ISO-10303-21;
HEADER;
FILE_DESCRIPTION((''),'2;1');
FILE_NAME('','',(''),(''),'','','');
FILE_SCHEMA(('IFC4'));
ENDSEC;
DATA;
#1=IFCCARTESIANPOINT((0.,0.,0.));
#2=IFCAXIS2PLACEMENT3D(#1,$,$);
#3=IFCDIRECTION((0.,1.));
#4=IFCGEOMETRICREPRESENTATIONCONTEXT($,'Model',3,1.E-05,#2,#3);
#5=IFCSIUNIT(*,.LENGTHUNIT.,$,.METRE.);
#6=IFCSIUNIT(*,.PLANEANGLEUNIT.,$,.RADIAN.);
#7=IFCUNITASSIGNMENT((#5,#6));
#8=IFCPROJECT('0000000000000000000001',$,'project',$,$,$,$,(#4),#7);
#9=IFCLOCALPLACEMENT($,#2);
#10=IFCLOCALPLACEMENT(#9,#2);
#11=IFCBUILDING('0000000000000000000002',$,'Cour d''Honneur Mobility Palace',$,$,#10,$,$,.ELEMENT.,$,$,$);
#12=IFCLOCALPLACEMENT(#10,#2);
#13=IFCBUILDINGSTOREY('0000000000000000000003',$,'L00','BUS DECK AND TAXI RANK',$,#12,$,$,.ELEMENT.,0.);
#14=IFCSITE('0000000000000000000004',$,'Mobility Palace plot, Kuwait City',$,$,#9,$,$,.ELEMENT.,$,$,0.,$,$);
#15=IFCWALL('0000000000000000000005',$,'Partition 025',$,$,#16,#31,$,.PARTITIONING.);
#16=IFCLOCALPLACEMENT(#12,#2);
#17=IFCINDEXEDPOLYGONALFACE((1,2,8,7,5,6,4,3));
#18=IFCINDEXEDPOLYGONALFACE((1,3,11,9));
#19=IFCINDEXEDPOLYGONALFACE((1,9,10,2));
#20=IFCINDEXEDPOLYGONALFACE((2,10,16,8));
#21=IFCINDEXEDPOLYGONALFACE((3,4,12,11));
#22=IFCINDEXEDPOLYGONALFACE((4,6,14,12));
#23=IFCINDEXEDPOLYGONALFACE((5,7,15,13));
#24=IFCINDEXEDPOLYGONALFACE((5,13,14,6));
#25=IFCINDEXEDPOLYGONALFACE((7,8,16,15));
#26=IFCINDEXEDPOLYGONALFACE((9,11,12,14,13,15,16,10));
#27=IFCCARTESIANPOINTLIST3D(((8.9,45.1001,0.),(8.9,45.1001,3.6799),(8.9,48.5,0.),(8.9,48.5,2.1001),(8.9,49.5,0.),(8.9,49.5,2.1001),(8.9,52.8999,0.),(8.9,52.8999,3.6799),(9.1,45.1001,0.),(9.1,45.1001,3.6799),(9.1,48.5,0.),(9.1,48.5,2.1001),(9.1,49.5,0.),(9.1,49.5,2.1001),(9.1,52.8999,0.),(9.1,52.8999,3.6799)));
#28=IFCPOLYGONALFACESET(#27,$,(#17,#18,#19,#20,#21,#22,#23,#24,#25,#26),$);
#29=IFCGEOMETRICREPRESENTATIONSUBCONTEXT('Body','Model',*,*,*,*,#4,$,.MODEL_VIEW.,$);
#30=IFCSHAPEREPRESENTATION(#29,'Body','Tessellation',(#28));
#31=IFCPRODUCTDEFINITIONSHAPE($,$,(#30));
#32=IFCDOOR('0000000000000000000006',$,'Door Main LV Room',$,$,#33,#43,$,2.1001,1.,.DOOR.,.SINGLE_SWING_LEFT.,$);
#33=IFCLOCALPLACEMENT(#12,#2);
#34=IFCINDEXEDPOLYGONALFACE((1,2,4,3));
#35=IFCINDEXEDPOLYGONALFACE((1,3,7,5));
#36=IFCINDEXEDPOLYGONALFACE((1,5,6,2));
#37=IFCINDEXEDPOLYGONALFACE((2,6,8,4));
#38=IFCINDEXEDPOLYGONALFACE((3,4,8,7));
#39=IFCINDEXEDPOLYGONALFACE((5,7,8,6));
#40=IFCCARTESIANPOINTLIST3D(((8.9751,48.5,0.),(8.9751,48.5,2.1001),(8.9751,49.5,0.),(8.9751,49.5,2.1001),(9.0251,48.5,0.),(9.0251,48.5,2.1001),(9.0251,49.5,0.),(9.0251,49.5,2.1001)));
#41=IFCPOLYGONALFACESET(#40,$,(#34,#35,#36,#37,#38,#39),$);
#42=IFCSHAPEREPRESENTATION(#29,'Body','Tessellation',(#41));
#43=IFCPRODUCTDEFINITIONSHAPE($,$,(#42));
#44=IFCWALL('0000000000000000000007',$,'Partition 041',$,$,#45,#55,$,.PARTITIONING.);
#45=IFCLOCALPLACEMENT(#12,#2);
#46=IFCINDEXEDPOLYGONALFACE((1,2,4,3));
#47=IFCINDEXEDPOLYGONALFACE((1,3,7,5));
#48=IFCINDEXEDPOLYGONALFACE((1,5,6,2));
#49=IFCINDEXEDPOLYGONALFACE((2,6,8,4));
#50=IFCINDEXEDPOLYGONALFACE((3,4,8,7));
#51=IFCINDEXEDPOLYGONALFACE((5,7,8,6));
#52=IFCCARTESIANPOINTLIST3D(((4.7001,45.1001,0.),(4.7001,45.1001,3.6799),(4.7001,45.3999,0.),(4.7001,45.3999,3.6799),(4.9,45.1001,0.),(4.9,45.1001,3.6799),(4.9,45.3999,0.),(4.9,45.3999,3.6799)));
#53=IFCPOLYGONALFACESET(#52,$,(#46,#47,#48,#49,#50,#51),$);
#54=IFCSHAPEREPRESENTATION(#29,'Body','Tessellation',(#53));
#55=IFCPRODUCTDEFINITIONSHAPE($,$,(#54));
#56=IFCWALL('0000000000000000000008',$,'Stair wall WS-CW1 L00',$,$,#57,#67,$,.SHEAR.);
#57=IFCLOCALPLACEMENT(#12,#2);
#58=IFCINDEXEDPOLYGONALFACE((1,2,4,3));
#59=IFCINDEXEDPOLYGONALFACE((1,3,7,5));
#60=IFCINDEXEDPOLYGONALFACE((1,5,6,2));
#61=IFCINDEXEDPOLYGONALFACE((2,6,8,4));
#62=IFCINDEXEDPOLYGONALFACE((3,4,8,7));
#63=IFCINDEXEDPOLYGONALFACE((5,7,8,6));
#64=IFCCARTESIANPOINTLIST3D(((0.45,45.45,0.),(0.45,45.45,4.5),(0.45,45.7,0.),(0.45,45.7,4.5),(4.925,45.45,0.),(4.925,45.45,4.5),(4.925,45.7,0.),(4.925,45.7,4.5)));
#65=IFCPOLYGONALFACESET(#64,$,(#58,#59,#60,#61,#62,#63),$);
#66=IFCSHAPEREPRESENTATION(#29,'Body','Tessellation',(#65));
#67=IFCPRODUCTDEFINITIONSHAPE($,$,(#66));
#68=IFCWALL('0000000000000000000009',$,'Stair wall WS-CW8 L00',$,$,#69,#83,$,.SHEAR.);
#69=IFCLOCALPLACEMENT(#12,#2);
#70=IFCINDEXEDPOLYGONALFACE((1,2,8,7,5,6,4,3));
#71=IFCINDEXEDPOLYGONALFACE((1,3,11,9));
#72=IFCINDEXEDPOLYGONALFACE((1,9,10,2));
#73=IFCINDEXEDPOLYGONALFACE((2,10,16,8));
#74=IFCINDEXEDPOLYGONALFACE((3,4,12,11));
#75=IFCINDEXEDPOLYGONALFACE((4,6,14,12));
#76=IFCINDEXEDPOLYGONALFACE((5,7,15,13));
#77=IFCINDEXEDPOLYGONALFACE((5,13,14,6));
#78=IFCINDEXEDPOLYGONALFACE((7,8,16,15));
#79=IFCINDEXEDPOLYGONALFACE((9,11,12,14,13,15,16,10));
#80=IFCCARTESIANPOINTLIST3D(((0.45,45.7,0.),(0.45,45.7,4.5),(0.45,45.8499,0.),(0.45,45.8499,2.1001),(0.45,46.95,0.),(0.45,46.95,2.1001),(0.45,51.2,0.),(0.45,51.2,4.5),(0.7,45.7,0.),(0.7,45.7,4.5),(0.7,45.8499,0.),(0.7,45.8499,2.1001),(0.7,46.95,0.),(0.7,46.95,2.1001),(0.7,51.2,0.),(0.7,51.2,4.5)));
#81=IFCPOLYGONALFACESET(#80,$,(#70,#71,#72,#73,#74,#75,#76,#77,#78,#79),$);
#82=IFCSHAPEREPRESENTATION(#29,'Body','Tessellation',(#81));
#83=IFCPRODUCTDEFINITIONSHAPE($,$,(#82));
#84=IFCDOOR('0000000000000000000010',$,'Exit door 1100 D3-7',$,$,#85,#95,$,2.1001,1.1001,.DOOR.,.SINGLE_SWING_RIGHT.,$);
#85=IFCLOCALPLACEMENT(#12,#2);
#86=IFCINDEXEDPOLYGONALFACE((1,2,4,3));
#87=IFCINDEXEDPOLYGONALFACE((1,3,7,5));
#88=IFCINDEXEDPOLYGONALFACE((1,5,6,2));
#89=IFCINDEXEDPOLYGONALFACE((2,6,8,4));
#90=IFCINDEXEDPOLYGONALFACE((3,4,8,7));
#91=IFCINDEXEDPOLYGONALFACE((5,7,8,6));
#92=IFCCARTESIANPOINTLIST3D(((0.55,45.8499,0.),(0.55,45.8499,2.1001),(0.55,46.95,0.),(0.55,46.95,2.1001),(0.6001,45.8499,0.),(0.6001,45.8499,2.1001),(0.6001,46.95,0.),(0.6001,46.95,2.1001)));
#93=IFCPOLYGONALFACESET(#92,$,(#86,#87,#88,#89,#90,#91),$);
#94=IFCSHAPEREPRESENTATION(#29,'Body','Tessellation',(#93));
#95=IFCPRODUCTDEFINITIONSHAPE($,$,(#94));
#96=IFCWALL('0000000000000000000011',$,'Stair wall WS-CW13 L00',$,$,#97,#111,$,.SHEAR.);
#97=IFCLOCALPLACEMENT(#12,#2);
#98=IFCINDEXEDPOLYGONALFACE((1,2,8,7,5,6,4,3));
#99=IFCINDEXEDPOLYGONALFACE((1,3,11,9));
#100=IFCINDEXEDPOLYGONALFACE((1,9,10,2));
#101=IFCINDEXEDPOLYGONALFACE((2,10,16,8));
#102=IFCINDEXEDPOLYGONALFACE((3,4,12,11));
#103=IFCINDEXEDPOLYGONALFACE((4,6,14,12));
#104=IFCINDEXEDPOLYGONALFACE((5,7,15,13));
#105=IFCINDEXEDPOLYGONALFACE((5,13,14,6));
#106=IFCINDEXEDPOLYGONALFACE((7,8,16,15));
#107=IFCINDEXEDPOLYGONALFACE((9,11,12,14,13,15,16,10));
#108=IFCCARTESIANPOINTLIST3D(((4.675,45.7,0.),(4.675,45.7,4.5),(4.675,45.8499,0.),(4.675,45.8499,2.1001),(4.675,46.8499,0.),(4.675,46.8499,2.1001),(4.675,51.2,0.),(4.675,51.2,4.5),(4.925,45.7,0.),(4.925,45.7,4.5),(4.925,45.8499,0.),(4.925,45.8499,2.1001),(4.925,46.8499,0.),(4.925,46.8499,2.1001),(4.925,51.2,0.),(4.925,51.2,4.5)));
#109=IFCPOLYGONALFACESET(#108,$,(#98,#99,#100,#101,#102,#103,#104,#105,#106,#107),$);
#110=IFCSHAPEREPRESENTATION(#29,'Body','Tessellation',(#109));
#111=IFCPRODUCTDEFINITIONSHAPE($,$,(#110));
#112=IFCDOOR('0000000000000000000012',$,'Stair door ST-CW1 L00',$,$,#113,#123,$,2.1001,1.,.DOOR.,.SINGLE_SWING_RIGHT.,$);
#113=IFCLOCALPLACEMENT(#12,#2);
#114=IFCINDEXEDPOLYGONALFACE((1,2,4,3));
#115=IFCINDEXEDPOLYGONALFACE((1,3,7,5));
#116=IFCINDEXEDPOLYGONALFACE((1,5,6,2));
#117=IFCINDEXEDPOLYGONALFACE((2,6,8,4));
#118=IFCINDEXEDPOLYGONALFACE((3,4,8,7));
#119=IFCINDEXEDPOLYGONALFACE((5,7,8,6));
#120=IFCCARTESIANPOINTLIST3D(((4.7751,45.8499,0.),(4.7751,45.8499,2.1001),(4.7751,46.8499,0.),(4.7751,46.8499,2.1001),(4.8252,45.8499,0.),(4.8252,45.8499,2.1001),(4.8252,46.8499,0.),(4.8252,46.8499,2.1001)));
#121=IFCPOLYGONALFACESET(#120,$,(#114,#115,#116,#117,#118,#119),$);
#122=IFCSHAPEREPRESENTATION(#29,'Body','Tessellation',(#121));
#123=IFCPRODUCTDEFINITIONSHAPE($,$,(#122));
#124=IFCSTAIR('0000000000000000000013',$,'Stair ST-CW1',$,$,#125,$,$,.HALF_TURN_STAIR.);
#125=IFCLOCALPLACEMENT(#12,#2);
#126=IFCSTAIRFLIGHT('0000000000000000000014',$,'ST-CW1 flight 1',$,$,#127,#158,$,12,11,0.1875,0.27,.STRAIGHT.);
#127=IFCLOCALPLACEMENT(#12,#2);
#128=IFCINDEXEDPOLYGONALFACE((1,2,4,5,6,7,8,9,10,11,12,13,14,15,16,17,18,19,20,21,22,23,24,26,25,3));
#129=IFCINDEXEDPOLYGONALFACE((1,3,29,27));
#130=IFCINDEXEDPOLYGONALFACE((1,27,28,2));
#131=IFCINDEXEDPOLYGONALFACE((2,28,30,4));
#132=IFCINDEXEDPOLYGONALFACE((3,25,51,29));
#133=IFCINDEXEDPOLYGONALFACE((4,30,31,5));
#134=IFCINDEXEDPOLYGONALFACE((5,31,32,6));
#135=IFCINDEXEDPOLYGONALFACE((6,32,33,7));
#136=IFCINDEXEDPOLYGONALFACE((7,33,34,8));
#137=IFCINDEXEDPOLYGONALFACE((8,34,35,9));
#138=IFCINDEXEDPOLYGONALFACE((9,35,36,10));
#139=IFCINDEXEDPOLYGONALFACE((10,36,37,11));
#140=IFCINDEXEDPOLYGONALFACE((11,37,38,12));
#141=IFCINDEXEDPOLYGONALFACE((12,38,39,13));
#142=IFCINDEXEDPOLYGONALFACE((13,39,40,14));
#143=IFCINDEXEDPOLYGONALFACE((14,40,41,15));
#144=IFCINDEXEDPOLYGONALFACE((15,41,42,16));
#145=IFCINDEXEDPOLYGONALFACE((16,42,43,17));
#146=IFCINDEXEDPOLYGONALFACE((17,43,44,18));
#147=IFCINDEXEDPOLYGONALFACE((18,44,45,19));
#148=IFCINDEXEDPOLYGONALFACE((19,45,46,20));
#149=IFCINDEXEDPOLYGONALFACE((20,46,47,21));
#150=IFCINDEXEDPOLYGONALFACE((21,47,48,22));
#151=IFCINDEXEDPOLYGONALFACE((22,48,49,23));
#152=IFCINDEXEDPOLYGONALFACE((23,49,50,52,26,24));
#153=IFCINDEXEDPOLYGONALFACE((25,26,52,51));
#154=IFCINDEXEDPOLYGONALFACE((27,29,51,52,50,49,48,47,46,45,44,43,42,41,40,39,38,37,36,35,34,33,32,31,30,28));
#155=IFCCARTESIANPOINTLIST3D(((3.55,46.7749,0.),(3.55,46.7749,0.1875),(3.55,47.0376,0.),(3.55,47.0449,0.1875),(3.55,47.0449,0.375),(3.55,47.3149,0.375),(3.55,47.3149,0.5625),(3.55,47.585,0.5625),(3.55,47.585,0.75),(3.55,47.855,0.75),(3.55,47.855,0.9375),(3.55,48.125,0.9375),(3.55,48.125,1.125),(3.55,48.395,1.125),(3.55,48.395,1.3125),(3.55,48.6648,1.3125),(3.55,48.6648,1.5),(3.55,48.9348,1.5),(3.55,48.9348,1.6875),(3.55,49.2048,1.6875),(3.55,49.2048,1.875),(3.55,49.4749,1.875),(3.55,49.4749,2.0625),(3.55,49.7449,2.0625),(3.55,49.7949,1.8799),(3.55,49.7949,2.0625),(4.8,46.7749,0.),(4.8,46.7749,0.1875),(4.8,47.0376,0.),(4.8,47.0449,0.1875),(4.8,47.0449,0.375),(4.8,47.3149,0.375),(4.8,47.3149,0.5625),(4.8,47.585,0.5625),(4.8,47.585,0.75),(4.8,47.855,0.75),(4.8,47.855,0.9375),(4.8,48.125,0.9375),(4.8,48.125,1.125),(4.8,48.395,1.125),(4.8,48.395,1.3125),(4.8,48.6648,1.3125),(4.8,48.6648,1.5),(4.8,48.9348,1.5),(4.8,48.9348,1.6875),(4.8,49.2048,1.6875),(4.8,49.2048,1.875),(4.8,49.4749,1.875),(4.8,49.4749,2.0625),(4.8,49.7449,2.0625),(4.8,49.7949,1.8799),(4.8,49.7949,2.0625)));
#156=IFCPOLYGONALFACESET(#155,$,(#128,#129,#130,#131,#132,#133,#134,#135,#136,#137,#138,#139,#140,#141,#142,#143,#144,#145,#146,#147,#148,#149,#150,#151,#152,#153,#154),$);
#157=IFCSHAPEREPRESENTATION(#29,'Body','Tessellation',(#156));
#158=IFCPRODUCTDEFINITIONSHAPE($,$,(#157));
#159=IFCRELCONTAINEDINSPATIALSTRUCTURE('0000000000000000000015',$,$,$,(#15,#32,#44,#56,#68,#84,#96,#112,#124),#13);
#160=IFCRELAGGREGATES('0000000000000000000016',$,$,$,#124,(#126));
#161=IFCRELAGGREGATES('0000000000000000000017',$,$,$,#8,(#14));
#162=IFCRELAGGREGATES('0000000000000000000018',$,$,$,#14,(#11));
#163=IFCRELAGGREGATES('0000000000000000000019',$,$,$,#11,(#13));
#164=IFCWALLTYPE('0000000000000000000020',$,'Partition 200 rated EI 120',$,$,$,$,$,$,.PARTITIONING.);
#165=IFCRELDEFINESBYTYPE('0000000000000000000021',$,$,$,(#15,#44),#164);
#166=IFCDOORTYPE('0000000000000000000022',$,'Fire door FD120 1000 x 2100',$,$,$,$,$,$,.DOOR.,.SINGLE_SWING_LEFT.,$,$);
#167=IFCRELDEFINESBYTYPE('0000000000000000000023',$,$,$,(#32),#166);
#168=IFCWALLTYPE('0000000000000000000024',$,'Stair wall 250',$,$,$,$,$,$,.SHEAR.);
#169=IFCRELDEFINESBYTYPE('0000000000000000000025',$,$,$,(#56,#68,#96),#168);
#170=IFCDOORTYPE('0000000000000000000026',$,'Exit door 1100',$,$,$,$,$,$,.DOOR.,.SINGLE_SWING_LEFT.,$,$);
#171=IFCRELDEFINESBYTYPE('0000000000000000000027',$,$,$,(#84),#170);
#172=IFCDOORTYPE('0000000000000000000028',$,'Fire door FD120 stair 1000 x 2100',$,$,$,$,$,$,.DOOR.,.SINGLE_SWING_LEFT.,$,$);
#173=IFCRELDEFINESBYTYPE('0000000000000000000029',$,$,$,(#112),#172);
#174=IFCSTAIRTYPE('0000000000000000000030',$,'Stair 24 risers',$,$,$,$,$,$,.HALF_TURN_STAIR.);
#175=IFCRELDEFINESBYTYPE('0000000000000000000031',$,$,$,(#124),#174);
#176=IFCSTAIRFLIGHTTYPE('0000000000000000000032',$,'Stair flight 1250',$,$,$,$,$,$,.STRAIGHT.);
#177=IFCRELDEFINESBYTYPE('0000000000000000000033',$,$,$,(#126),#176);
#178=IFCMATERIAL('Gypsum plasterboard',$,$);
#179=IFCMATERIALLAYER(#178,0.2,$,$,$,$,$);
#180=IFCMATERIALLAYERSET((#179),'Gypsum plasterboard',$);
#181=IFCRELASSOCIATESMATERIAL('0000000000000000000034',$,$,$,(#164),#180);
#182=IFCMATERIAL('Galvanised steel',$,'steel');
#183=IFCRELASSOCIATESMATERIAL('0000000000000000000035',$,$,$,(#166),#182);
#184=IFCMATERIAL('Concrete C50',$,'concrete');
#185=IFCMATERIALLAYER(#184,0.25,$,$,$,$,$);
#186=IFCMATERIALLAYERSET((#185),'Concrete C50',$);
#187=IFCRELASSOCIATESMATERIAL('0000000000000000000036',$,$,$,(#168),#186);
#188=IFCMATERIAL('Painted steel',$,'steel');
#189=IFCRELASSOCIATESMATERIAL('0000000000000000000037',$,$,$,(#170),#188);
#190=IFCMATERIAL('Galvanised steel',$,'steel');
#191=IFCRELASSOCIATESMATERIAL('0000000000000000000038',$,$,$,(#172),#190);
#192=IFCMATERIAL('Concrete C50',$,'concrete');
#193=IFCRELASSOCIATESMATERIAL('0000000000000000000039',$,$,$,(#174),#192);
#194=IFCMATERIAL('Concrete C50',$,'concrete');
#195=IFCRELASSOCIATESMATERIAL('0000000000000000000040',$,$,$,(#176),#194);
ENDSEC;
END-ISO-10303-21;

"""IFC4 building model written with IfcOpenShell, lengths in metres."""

from ifc_helpers import new_model, si_unit, direction, frame, frame_2d, origin, place, context, subcontext, project, spatial, polyline, rectangle, outline, extrude, material, layer, layer_set, type_object, element, fill, aggregate, save


model = new_model("IFC4")

# Units and contexts
model_context = context("Model", 3, precision=1e-05, world=origin(), true_north=direction((0.0, 1.0)))
body_context = subcontext(model_context, "Body", "Model", "MODEL_VIEW")
ifc_project = project(units=[si_unit("LENGTHUNIT", "METRE"), si_unit("PLANEANGLEUNIT", "RADIAN")], contexts=[model_context])

# Site, building, storey
site_placement = place(None, origin())
site = spatial("IfcSite", under=ifc_project, at=site_placement, Name="Mobility Palace plot, Kuwait City", CompositionType="ELEMENT", RefElevation=0.0)
building_placement = place(site_placement, origin())
building = spatial("IfcBuilding", under=site, at=building_placement, Name="Cour d'Honneur Mobility Palace", CompositionType="ELEMENT")
storey_placement = place(building_placement, origin())
storey = spatial("IfcBuildingStorey", under=building, at=storey_placement, Name="L00", Description="BUS DECK AND TAXI RANK", CompositionType="ELEMENT", Elevation=0.0)

# Shared definitions
ifc_material_1 = material(Name="Gypsum plasterboard")
ifc_layer_1 = layer(ifc_material_1, 0.2)
ifc_layer_set_1 = layer_set([ifc_layer_1], Name="Gypsum plasterboard")
wall_type_1 = type_object("IfcWallType", Name="Partition 200 rated EI 120", PredefinedType="PARTITIONING", material=ifc_layer_set_1)

# Wall, opening, door
wall_1_placement = place(storey_placement, frame((9.0, 45.1001, 0.0), z_axis=(0.0, 0.0, 1.0), x_axis=(0.0, 1.0, 0.0)))
wall_1 = element("IfcWall", 1, at=wall_1_placement, inside=storey, type_object=wall_type_1, Name="Partition 025", PredefinedType="PARTITIONING", context=body_context, shape_type="SweptSolid", body=[
    extrude(rectangle(XDim=7.7998, YDim=0.2, at=frame_2d((3.8999, 0.0))), origin(), (0.0, 0.0, 1.0), 3.6799),
])
opening_1_placement = place(wall_1_placement, frame((3.3999, 0.0, 0.0)))
opening_1 = element("IfcOpeningElement", 2, at=opening_1_placement, cuts=wall_1, PredefinedType="OPENING", context=body_context, shape_type="SweptSolid", body=[
    extrude(rectangle(XDim=1.0, YDim=2.1001, at=frame_2d((0.5, 1.05))), frame((0.0, 0.1099, 0.0), z_axis=(0.0, -1.0, 0.0), x_axis=(1.0, 0.0, 0.0)), (0.0, 0.0, 1.0), 0.22),
])
ifc_material_2 = material(Name="Galvanised steel", Category="steel")
door_type_1 = type_object("IfcDoorType", Name="Fire door FD120 1000 x 2100", OperationType="SINGLE_SWING_LEFT", PredefinedType="DOOR", material=ifc_material_2)
door_1_placement = place(opening_1_placement, origin())
door_1 = element("IfcDoor", 3, at=door_1_placement, inside=storey, type_object=door_type_1, Name="Door Main LV Room", OperationType="SINGLE_SWING_LEFT", OverallHeight=2.1001, OverallWidth=1.0, PredefinedType="DOOR", context=body_context, shape_type="SweptSolid", body=[
    extrude(rectangle(XDim=1.0, YDim=2.1001, at=frame_2d((0.5, 1.05))), frame((0.0, 0.0249, 0.0), z_axis=(0.0, -1.0, 0.0), x_axis=(1.0, 0.0, 0.0)), (0.0, 0.0, 1.0), 0.05),
])
fill(opening_1, door_1)

# Walls
wall_2_placement = place(storey_placement, frame((4.8, 45.3999, 0.0), z_axis=(0.0, 0.0, 1.0), x_axis=(0.0, -1.0, 0.0)))
element("IfcWall", 4, at=wall_2_placement, inside=storey, type_object=wall_type_1, Name="Partition 041", PredefinedType="PARTITIONING", context=body_context, shape_type="SweptSolid", body=[
    extrude(rectangle(XDim=0.2998, YDim=0.2, at=frame_2d((0.1499, 0.0))), origin(), (0.0, 0.0, 1.0), 3.6799),
])
ifc_material_3 = material(Name="Concrete C50", Category="concrete")
ifc_layer_2 = layer(ifc_material_3, 0.25)
ifc_layer_set_2 = layer_set([ifc_layer_2], Name="Concrete C50")
wall_type_2 = type_object("IfcWallType", Name="Stair wall 250", PredefinedType="SHEAR", material=ifc_layer_set_2)
wall_3_placement = place(storey_placement, frame((0.45, 45.575, 0.0), z_axis=(0.0, 0.0, 1.0), x_axis=(1.0, 0.0, 0.0)))
element("IfcWall", 5, at=wall_3_placement, inside=storey, type_object=wall_type_2, Name="Stair wall WS-CW1 L00", PredefinedType="SHEAR", context=body_context, shape_type="SweptSolid", body=[
    extrude(rectangle(XDim=4.4751, YDim=0.25, at=frame_2d((2.2375, 0.0))), origin(), (0.0, 0.0, 1.0), 4.5),
])

# Walls, openings, doors
wall_4_placement = place(storey_placement, frame((0.575, 45.7, 0.0), z_axis=(0.0, 0.0, 1.0), x_axis=(0.0, 1.0, 0.0)))
wall_4 = element("IfcWall", 6, at=wall_4_placement, inside=storey, type_object=wall_type_2, Name="Stair wall WS-CW8 L00", PredefinedType="SHEAR", context=body_context, shape_type="SweptSolid", body=[
    extrude(rectangle(XDim=5.5, YDim=0.25, at=frame_2d((2.75, 0.0))), origin(), (0.0, 0.0, 1.0), 4.5),
])
opening_2_placement = place(wall_4_placement, frame((0.1499, 0.0, 0.0)))
opening_2 = element("IfcOpeningElement", 7, at=opening_2_placement, cuts=wall_4, PredefinedType="OPENING", context=body_context, shape_type="SweptSolid", body=[
    extrude(rectangle(XDim=1.1001, YDim=2.1001, at=frame_2d((0.55, 1.05))), frame((0.0, 0.135, 0.0), z_axis=(0.0, -1.0, 0.0), x_axis=(1.0, 0.0, 0.0)), (0.0, 0.0, 1.0), 0.27),
])
ifc_material_4 = material(Name="Painted steel", Category="steel")
door_type_2 = type_object("IfcDoorType", Name="Exit door 1100", OperationType="SINGLE_SWING_LEFT", PredefinedType="DOOR", material=ifc_material_4)
door_2_placement = place(opening_2_placement, origin())
door_2 = element("IfcDoor", 8, at=door_2_placement, inside=storey, type_object=door_type_2, Name="Exit door 1100 D3-7", OperationType="SINGLE_SWING_RIGHT", OverallHeight=2.1001, OverallWidth=1.1001, PredefinedType="DOOR", context=body_context, shape_type="SweptSolid", body=[
    extrude(rectangle(XDim=1.1001, YDim=2.1001, at=frame_2d((0.55, 1.05))), frame((0.0, 0.0249, 0.0), z_axis=(0.0, -1.0, 0.0), x_axis=(1.0, 0.0, 0.0)), (0.0, 0.0, 1.0), 0.05),
])
fill(opening_2, door_2)
wall_5_placement = place(storey_placement, frame((4.8, 45.7, 0.0), z_axis=(0.0, 0.0, 1.0), x_axis=(0.0, 1.0, 0.0)))
wall_5 = element("IfcWall", 9, at=wall_5_placement, inside=storey, type_object=wall_type_2, Name="Stair wall WS-CW13 L00", PredefinedType="SHEAR", context=body_context, shape_type="SweptSolid", body=[
    extrude(rectangle(XDim=5.5, YDim=0.25, at=frame_2d((2.75, 0.0))), origin(), (0.0, 0.0, 1.0), 4.5),
])
opening_3_placement = place(wall_5_placement, frame((0.1499, 0.0, 0.0)))
opening_3 = element("IfcOpeningElement", 10, at=opening_3_placement, cuts=wall_5, PredefinedType="OPENING", context=body_context, shape_type="SweptSolid", body=[
    extrude(rectangle(XDim=1.0, YDim=2.1001, at=frame_2d((0.5, 1.05))), frame((0.0, 0.135, 0.0), z_axis=(0.0, -1.0, 0.0), x_axis=(1.0, 0.0, 0.0)), (0.0, 0.0, 1.0), 0.27),
])
ifc_material_5 = material(Name="Galvanised steel", Category="steel")
door_type_3 = type_object("IfcDoorType", Name="Fire door FD120 stair 1000 x 2100", OperationType="SINGLE_SWING_LEFT", PredefinedType="DOOR", material=ifc_material_5)
door_3_placement = place(opening_3_placement, origin())
door_3 = element("IfcDoor", 11, at=door_3_placement, inside=storey, type_object=door_type_3, Name="Stair door ST-CW1 L00", OperationType="SINGLE_SWING_RIGHT", OverallHeight=2.1001, OverallWidth=1.0, PredefinedType="DOOR", context=body_context, shape_type="SweptSolid", body=[
    extrude(rectangle(XDim=1.0, YDim=2.1001, at=frame_2d((0.5, 1.05))), frame((0.0, 0.0249, 0.0), z_axis=(0.0, -1.0, 0.0), x_axis=(1.0, 0.0, 0.0)), (0.0, 0.0, 1.0), 0.05),
])
fill(opening_3, door_3)

# Stair, stair flight
ifc_material_6 = material(Name="Concrete C50", Category="concrete")
stair_type = type_object("IfcStairType", Name="Stair 24 risers", PredefinedType="HALF_TURN_STAIR", material=ifc_material_6)
stair_placement = place(storey_placement, origin())
stair = element("IfcStair", 12, at=stair_placement, inside=storey, type_object=stair_type, Name="Stair ST-CW1", PredefinedType="HALF_TURN_STAIR")
ifc_material_7 = material(Name="Concrete C50", Category="concrete")
stair_flight_type = type_object("IfcStairFlightType", Name="Stair flight 1250", PredefinedType="STRAIGHT", material=ifc_material_7)
stair_flight_1_placement = place(storey_placement, frame((4.175, 46.7749, 0.0), z_axis=(0.0, 0.0, 1.0), x_axis=(0.0, 1.0, 0.0)))
stair_flight_1 = element("IfcStairFlight", 13, at=stair_flight_1_placement, type_object=stair_flight_type, Name="ST-CW1 flight 1", NumberOfRisers=12, NumberOfTreads=11, PredefinedType="STRAIGHT", RiserHeight=0.1875, TreadLength=0.27, context=body_context, shape_type="SweptSolid", body=[
    extrude(outline(polyline([(0.0, 0.0), (0.0, 0.1875), (0.27, 0.1875), (0.27, 0.375), (0.54, 0.375), (0.54, 0.5625), (0.8101, 0.5625), (0.8101, 0.75), (1.0801, 0.75), (1.0801, 0.9375), (1.3501, 0.9375), (1.3501, 1.125), (1.6201, 1.125), (1.6201, 1.3125), (1.8899, 1.3125), (1.8899, 1.5), (2.1599, 1.5), (2.1599, 1.6875), (2.4299, 1.6875), (2.4299, 1.875), (2.7, 1.875), (2.7, 2.0625), (2.97, 2.0625), (3.02, 2.0625), (3.02, 1.8799), (0.2627, 0.0), (0.0, 0.0)])), frame((0.0, 0.625, 0.0), z_axis=(0.0, -1.0, 0.0), x_axis=(1.0, 0.0, 0.0)), (0.0, 0.0, 1.0), 1.25),
])
aggregate(stair, [stair_flight_1])

save(model, "model.ifc")
